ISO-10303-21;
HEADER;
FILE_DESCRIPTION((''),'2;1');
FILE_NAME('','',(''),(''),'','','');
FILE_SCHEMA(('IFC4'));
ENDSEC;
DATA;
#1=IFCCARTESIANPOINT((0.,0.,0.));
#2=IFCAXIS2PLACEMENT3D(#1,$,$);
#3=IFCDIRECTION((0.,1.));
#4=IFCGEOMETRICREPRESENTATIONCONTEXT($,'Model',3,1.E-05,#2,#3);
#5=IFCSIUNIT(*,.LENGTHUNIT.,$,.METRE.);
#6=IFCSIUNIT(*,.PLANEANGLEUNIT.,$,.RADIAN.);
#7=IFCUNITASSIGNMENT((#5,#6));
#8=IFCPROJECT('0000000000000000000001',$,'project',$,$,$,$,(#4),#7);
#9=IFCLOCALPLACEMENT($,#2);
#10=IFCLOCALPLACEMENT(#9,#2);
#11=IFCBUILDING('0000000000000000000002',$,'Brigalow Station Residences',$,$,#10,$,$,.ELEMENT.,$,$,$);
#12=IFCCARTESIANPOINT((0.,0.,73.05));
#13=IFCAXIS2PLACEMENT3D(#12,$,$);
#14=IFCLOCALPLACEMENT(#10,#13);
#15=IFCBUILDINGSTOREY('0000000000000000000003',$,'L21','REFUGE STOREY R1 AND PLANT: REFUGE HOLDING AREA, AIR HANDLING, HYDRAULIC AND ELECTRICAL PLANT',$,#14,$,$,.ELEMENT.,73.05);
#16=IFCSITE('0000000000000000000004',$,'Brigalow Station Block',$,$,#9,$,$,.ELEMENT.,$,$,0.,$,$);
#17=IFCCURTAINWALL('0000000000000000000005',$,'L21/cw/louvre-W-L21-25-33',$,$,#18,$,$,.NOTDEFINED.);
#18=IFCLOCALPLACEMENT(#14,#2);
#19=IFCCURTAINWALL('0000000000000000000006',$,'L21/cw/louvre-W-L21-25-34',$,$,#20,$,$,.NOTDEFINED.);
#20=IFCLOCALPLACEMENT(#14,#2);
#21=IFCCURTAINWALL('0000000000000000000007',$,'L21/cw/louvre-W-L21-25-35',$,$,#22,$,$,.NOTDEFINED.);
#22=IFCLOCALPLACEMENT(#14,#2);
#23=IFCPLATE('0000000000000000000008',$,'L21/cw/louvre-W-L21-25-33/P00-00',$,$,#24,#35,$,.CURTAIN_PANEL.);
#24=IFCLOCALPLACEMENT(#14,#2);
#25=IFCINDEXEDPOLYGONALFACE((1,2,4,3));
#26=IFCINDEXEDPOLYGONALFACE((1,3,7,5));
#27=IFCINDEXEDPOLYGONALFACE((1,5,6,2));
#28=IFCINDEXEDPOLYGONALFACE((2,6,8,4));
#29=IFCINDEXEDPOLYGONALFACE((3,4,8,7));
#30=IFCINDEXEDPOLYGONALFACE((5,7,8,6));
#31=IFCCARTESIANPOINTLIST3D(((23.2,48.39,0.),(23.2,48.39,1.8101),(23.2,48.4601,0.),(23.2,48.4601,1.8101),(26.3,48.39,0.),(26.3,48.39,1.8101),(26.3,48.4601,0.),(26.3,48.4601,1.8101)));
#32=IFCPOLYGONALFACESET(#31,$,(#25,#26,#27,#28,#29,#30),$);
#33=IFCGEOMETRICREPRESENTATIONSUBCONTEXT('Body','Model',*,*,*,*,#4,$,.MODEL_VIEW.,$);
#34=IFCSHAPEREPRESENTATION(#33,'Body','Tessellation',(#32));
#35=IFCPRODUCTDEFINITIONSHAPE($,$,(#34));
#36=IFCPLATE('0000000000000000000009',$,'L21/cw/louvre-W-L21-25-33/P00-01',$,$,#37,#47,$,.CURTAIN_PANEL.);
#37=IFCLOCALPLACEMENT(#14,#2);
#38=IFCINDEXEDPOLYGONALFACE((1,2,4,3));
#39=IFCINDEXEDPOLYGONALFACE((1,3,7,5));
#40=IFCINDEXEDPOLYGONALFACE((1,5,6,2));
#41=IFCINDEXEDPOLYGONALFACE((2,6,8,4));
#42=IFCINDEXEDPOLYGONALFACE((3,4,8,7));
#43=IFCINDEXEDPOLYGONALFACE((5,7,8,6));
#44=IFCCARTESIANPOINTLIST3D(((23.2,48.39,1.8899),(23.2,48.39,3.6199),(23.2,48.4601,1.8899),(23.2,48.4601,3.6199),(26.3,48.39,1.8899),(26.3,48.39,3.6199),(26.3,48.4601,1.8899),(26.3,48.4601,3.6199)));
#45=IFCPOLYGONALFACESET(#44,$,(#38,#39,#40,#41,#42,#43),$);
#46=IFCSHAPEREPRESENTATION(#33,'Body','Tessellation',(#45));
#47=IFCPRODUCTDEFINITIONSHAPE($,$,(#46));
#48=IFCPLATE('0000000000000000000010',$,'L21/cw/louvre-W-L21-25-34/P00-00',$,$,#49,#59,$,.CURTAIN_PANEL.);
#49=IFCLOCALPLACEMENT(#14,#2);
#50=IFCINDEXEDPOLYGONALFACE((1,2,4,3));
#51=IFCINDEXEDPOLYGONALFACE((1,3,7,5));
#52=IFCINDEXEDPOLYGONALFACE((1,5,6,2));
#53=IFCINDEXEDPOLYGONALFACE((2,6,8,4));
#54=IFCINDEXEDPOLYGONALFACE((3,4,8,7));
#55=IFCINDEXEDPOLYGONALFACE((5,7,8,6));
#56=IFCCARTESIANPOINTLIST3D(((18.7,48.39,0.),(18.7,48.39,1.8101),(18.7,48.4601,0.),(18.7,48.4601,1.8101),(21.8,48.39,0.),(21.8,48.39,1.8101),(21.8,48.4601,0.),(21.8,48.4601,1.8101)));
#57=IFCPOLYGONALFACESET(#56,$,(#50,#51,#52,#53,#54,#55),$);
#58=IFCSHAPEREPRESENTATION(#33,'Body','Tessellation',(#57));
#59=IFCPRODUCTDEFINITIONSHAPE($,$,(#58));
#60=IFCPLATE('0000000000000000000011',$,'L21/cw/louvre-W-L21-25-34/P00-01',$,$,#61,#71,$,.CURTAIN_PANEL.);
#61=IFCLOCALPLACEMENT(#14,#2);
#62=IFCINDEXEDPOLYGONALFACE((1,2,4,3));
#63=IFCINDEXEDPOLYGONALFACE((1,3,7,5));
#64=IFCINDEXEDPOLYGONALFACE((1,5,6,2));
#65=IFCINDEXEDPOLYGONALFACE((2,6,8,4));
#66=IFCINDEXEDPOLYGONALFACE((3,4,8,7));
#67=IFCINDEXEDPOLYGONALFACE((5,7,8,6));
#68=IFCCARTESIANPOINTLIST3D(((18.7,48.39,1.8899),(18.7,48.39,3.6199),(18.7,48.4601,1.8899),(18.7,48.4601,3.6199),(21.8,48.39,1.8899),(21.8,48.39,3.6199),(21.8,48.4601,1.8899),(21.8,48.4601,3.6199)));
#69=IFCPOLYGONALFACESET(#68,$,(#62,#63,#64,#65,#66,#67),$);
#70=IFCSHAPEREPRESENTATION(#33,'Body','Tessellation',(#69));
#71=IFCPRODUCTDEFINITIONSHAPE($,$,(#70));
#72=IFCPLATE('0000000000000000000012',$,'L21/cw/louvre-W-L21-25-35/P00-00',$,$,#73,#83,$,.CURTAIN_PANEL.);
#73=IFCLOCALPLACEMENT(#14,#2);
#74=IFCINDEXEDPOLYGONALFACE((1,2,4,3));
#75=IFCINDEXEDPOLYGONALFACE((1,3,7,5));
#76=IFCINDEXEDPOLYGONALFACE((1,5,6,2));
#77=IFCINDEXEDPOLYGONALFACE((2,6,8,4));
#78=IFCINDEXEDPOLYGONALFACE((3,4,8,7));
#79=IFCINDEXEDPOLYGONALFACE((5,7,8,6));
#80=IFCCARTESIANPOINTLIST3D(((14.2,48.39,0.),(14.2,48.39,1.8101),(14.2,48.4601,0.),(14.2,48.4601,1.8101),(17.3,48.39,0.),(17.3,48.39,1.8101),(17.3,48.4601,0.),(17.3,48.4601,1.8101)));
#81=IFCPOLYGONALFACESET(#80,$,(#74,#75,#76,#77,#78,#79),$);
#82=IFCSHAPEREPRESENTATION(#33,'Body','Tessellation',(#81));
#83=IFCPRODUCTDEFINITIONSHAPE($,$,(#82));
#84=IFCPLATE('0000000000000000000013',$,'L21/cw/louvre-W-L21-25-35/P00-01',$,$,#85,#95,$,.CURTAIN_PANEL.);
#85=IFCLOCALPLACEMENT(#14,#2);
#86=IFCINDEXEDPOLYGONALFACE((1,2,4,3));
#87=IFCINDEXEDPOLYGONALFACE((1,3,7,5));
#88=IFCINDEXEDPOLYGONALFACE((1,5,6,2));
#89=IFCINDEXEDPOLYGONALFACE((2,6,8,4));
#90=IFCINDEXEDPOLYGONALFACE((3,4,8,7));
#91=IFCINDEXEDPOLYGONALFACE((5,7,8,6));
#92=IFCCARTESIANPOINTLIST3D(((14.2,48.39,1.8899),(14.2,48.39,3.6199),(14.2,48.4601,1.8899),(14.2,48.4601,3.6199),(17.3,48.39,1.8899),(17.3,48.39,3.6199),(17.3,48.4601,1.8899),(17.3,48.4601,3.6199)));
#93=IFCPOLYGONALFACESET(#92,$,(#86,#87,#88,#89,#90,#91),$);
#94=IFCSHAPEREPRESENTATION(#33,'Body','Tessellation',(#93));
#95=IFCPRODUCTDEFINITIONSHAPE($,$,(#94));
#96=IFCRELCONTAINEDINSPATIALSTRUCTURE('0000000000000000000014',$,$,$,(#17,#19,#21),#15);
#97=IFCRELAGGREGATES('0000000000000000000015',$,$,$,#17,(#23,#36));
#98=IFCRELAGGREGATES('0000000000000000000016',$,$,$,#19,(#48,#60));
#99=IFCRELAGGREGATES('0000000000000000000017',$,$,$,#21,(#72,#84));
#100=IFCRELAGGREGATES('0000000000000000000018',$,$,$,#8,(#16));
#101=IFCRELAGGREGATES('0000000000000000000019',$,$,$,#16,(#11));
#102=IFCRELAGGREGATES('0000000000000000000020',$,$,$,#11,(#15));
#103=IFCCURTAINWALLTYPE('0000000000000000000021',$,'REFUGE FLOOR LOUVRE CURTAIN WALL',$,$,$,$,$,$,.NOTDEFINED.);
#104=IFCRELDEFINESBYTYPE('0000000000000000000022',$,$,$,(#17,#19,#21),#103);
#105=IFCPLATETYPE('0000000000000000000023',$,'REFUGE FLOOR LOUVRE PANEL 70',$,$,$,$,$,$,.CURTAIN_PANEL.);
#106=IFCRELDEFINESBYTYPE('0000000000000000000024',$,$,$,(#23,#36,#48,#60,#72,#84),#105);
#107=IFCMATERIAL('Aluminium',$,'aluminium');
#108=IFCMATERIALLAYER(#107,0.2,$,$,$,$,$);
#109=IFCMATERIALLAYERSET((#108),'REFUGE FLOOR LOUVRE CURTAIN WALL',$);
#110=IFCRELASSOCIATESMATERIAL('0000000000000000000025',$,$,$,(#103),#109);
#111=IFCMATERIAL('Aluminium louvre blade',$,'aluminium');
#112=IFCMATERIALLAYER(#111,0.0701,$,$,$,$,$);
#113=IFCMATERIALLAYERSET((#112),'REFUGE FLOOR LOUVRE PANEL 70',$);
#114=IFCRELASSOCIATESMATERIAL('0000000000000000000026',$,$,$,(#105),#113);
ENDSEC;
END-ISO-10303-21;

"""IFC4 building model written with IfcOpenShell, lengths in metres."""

from ifc_helpers import new_model, si_unit, direction, frame, origin, origin_2d, place, context, subcontext, project, spatial, rectangle, extrude, material, layer, layer_set, type_object, element, aggregate, save


model = new_model("IFC4")

# Units and contexts
model_context = context("Model", 3, precision=1e-05, world=origin(), true_north=direction((0.0, 1.0)))
body_context = subcontext(model_context, "Body", "Model", "MODEL_VIEW")
ifc_project = project(units=[si_unit("LENGTHUNIT", "METRE"), si_unit("PLANEANGLEUNIT", "RADIAN")], contexts=[model_context])

# Site, building, storey
site_placement = place(None, origin())
site = spatial("IfcSite", under=ifc_project, at=site_placement, Name="Brigalow Station Block", CompositionType="ELEMENT", RefElevation=0.0)
building_placement = place(site_placement, origin())
building = spatial("IfcBuilding", under=site, at=building_placement, Name="Brigalow Station Residences", CompositionType="ELEMENT")
storey_placement = place(building_placement, frame((0.0, 0.0, 73.05)))
storey = spatial("IfcBuildingStorey", under=building, at=storey_placement, Name="L21", Description="REFUGE STOREY R1 AND PLANT: REFUGE HOLDING AREA, AIR HANDLING, HYDRAULIC AND ELECTRICAL PLANT", CompositionType="ELEMENT", Elevation=73.05)

# Curtain wall
ifc_material_1 = material(Name="Aluminium", Category="aluminium")
ifc_layer_1 = layer(ifc_material_1, 0.2)
ifc_layer_set_1 = layer_set([ifc_layer_1], Name="REFUGE FLOOR LOUVRE CURTAIN WALL")
curtain_wall_type = type_object("IfcCurtainWallType", Name="REFUGE FLOOR LOUVRE CURTAIN WALL", PredefinedType="NOTDEFINED", material=ifc_layer_set_1)
curtain_wall_1_placement = place(storey_placement, origin())
curtain_wall_1 = element("IfcCurtainWall", 1, at=curtain_wall_1_placement, inside=storey, type_object=curtain_wall_type, Name="L21/cw/louvre-W-L21-25-33", PredefinedType="NOTDEFINED")

# Curtain walls
curtain_wall_2_placement = place(storey_placement, origin())
curtain_wall_2 = element("IfcCurtainWall", 2, at=curtain_wall_2_placement, inside=storey, type_object=curtain_wall_type, Name="L21/cw/louvre-W-L21-25-34", PredefinedType="NOTDEFINED")
curtain_wall_3_placement = place(storey_placement, origin())
curtain_wall_3 = element("IfcCurtainWall", 3, at=curtain_wall_3_placement, inside=storey, type_object=curtain_wall_type, Name="L21/cw/louvre-W-L21-25-35", PredefinedType="NOTDEFINED")

# Plates
ifc_material_2 = material(Name="Aluminium louvre blade", Category="aluminium")
ifc_layer_2 = layer(ifc_material_2, 0.0701)
ifc_layer_set_2 = layer_set([ifc_layer_2], Name="REFUGE FLOOR LOUVRE PANEL 70")
plate_type = type_object("IfcPlateType", Name="REFUGE FLOOR LOUVRE PANEL 70", PredefinedType="CURTAIN_PANEL", material=ifc_layer_set_2)
plate_1_placement = place(storey_placement, frame((24.75, 48.425, 0.0), z_axis=(0.0, 0.0, 1.0), x_axis=(-1.0, 0.0, 0.0)))
plate_1 = element("IfcPlate", 4, at=plate_1_placement, type_object=plate_type, Name="L21/cw/louvre-W-L21-25-33/P00-00", PredefinedType="CURTAIN_PANEL", context=body_context, shape_type="SweptSolid", body=[
    extrude(rectangle(XDim=3.1001, YDim=0.0701, at=origin_2d()), origin(), (0.0, 0.0, 1.0), 1.8101),
])
plate_2_placement = place(storey_placement, frame((24.75, 48.425, 1.8899), z_axis=(0.0, 0.0, 1.0), x_axis=(-1.0, 0.0, 0.0)))
plate_2 = element("IfcPlate", 5, at=plate_2_placement, type_object=plate_type, Name="L21/cw/louvre-W-L21-25-33/P00-01", PredefinedType="CURTAIN_PANEL", context=body_context, shape_type="SweptSolid", body=[
    extrude(rectangle(XDim=3.1001, YDim=0.0701, at=origin_2d()), origin(), (0.0, 0.0, 1.0), 1.73),
])
aggregate(curtain_wall_1, [plate_1, plate_2])
plate_3_placement = place(storey_placement, frame((20.25, 48.425, 0.0), z_axis=(0.0, 0.0, 1.0), x_axis=(-1.0, 0.0, 0.0)))
plate_3 = element("IfcPlate", 6, at=plate_3_placement, type_object=plate_type, Name="L21/cw/louvre-W-L21-25-34/P00-00", PredefinedType="CURTAIN_PANEL", context=body_context, shape_type="SweptSolid", body=[
    extrude(rectangle(XDim=3.1001, YDim=0.0701, at=origin_2d()), origin(), (0.0, 0.0, 1.0), 1.8101),
])
plate_4_placement = place(storey_placement, frame((20.25, 48.425, 1.8899), z_axis=(0.0, 0.0, 1.0), x_axis=(-1.0, 0.0, 0.0)))
plate_4 = element("IfcPlate", 7, at=plate_4_placement, type_object=plate_type, Name="L21/cw/louvre-W-L21-25-34/P00-01", PredefinedType="CURTAIN_PANEL", context=body_context, shape_type="SweptSolid", body=[
    extrude(rectangle(XDim=3.1001, YDim=0.0701, at=origin_2d()), origin(), (0.0, 0.0, 1.0), 1.73),
])
aggregate(curtain_wall_2, [plate_3, plate_4])
plate_5_placement = place(storey_placement, frame((15.75, 48.425, 0.0), z_axis=(0.0, 0.0, 1.0), x_axis=(-1.0, 0.0, 0.0)))
plate_5 = element("IfcPlate", 8, at=plate_5_placement, type_object=plate_type, Name="L21/cw/louvre-W-L21-25-35/P00-00", PredefinedType="CURTAIN_PANEL", context=body_context, shape_type="SweptSolid", body=[
    extrude(rectangle(XDim=3.1001, YDim=0.0701, at=origin_2d()), origin(), (0.0, 0.0, 1.0), 1.8101),
])
plate_6_placement = place(storey_placement, frame((15.75, 48.425, 1.8899), z_axis=(0.0, 0.0, 1.0), x_axis=(-1.0, 0.0, 0.0)))
plate_6 = element("IfcPlate", 9, at=plate_6_placement, type_object=plate_type, Name="L21/cw/louvre-W-L21-25-35/P00-01", PredefinedType="CURTAIN_PANEL", context=body_context, shape_type="SweptSolid", body=[
    extrude(rectangle(XDim=3.1001, YDim=0.0701, at=origin_2d()), origin(), (0.0, 0.0, 1.0), 1.73),
])
aggregate(curtain_wall_3, [plate_5, plate_6])

save(model, "model.ifc")
